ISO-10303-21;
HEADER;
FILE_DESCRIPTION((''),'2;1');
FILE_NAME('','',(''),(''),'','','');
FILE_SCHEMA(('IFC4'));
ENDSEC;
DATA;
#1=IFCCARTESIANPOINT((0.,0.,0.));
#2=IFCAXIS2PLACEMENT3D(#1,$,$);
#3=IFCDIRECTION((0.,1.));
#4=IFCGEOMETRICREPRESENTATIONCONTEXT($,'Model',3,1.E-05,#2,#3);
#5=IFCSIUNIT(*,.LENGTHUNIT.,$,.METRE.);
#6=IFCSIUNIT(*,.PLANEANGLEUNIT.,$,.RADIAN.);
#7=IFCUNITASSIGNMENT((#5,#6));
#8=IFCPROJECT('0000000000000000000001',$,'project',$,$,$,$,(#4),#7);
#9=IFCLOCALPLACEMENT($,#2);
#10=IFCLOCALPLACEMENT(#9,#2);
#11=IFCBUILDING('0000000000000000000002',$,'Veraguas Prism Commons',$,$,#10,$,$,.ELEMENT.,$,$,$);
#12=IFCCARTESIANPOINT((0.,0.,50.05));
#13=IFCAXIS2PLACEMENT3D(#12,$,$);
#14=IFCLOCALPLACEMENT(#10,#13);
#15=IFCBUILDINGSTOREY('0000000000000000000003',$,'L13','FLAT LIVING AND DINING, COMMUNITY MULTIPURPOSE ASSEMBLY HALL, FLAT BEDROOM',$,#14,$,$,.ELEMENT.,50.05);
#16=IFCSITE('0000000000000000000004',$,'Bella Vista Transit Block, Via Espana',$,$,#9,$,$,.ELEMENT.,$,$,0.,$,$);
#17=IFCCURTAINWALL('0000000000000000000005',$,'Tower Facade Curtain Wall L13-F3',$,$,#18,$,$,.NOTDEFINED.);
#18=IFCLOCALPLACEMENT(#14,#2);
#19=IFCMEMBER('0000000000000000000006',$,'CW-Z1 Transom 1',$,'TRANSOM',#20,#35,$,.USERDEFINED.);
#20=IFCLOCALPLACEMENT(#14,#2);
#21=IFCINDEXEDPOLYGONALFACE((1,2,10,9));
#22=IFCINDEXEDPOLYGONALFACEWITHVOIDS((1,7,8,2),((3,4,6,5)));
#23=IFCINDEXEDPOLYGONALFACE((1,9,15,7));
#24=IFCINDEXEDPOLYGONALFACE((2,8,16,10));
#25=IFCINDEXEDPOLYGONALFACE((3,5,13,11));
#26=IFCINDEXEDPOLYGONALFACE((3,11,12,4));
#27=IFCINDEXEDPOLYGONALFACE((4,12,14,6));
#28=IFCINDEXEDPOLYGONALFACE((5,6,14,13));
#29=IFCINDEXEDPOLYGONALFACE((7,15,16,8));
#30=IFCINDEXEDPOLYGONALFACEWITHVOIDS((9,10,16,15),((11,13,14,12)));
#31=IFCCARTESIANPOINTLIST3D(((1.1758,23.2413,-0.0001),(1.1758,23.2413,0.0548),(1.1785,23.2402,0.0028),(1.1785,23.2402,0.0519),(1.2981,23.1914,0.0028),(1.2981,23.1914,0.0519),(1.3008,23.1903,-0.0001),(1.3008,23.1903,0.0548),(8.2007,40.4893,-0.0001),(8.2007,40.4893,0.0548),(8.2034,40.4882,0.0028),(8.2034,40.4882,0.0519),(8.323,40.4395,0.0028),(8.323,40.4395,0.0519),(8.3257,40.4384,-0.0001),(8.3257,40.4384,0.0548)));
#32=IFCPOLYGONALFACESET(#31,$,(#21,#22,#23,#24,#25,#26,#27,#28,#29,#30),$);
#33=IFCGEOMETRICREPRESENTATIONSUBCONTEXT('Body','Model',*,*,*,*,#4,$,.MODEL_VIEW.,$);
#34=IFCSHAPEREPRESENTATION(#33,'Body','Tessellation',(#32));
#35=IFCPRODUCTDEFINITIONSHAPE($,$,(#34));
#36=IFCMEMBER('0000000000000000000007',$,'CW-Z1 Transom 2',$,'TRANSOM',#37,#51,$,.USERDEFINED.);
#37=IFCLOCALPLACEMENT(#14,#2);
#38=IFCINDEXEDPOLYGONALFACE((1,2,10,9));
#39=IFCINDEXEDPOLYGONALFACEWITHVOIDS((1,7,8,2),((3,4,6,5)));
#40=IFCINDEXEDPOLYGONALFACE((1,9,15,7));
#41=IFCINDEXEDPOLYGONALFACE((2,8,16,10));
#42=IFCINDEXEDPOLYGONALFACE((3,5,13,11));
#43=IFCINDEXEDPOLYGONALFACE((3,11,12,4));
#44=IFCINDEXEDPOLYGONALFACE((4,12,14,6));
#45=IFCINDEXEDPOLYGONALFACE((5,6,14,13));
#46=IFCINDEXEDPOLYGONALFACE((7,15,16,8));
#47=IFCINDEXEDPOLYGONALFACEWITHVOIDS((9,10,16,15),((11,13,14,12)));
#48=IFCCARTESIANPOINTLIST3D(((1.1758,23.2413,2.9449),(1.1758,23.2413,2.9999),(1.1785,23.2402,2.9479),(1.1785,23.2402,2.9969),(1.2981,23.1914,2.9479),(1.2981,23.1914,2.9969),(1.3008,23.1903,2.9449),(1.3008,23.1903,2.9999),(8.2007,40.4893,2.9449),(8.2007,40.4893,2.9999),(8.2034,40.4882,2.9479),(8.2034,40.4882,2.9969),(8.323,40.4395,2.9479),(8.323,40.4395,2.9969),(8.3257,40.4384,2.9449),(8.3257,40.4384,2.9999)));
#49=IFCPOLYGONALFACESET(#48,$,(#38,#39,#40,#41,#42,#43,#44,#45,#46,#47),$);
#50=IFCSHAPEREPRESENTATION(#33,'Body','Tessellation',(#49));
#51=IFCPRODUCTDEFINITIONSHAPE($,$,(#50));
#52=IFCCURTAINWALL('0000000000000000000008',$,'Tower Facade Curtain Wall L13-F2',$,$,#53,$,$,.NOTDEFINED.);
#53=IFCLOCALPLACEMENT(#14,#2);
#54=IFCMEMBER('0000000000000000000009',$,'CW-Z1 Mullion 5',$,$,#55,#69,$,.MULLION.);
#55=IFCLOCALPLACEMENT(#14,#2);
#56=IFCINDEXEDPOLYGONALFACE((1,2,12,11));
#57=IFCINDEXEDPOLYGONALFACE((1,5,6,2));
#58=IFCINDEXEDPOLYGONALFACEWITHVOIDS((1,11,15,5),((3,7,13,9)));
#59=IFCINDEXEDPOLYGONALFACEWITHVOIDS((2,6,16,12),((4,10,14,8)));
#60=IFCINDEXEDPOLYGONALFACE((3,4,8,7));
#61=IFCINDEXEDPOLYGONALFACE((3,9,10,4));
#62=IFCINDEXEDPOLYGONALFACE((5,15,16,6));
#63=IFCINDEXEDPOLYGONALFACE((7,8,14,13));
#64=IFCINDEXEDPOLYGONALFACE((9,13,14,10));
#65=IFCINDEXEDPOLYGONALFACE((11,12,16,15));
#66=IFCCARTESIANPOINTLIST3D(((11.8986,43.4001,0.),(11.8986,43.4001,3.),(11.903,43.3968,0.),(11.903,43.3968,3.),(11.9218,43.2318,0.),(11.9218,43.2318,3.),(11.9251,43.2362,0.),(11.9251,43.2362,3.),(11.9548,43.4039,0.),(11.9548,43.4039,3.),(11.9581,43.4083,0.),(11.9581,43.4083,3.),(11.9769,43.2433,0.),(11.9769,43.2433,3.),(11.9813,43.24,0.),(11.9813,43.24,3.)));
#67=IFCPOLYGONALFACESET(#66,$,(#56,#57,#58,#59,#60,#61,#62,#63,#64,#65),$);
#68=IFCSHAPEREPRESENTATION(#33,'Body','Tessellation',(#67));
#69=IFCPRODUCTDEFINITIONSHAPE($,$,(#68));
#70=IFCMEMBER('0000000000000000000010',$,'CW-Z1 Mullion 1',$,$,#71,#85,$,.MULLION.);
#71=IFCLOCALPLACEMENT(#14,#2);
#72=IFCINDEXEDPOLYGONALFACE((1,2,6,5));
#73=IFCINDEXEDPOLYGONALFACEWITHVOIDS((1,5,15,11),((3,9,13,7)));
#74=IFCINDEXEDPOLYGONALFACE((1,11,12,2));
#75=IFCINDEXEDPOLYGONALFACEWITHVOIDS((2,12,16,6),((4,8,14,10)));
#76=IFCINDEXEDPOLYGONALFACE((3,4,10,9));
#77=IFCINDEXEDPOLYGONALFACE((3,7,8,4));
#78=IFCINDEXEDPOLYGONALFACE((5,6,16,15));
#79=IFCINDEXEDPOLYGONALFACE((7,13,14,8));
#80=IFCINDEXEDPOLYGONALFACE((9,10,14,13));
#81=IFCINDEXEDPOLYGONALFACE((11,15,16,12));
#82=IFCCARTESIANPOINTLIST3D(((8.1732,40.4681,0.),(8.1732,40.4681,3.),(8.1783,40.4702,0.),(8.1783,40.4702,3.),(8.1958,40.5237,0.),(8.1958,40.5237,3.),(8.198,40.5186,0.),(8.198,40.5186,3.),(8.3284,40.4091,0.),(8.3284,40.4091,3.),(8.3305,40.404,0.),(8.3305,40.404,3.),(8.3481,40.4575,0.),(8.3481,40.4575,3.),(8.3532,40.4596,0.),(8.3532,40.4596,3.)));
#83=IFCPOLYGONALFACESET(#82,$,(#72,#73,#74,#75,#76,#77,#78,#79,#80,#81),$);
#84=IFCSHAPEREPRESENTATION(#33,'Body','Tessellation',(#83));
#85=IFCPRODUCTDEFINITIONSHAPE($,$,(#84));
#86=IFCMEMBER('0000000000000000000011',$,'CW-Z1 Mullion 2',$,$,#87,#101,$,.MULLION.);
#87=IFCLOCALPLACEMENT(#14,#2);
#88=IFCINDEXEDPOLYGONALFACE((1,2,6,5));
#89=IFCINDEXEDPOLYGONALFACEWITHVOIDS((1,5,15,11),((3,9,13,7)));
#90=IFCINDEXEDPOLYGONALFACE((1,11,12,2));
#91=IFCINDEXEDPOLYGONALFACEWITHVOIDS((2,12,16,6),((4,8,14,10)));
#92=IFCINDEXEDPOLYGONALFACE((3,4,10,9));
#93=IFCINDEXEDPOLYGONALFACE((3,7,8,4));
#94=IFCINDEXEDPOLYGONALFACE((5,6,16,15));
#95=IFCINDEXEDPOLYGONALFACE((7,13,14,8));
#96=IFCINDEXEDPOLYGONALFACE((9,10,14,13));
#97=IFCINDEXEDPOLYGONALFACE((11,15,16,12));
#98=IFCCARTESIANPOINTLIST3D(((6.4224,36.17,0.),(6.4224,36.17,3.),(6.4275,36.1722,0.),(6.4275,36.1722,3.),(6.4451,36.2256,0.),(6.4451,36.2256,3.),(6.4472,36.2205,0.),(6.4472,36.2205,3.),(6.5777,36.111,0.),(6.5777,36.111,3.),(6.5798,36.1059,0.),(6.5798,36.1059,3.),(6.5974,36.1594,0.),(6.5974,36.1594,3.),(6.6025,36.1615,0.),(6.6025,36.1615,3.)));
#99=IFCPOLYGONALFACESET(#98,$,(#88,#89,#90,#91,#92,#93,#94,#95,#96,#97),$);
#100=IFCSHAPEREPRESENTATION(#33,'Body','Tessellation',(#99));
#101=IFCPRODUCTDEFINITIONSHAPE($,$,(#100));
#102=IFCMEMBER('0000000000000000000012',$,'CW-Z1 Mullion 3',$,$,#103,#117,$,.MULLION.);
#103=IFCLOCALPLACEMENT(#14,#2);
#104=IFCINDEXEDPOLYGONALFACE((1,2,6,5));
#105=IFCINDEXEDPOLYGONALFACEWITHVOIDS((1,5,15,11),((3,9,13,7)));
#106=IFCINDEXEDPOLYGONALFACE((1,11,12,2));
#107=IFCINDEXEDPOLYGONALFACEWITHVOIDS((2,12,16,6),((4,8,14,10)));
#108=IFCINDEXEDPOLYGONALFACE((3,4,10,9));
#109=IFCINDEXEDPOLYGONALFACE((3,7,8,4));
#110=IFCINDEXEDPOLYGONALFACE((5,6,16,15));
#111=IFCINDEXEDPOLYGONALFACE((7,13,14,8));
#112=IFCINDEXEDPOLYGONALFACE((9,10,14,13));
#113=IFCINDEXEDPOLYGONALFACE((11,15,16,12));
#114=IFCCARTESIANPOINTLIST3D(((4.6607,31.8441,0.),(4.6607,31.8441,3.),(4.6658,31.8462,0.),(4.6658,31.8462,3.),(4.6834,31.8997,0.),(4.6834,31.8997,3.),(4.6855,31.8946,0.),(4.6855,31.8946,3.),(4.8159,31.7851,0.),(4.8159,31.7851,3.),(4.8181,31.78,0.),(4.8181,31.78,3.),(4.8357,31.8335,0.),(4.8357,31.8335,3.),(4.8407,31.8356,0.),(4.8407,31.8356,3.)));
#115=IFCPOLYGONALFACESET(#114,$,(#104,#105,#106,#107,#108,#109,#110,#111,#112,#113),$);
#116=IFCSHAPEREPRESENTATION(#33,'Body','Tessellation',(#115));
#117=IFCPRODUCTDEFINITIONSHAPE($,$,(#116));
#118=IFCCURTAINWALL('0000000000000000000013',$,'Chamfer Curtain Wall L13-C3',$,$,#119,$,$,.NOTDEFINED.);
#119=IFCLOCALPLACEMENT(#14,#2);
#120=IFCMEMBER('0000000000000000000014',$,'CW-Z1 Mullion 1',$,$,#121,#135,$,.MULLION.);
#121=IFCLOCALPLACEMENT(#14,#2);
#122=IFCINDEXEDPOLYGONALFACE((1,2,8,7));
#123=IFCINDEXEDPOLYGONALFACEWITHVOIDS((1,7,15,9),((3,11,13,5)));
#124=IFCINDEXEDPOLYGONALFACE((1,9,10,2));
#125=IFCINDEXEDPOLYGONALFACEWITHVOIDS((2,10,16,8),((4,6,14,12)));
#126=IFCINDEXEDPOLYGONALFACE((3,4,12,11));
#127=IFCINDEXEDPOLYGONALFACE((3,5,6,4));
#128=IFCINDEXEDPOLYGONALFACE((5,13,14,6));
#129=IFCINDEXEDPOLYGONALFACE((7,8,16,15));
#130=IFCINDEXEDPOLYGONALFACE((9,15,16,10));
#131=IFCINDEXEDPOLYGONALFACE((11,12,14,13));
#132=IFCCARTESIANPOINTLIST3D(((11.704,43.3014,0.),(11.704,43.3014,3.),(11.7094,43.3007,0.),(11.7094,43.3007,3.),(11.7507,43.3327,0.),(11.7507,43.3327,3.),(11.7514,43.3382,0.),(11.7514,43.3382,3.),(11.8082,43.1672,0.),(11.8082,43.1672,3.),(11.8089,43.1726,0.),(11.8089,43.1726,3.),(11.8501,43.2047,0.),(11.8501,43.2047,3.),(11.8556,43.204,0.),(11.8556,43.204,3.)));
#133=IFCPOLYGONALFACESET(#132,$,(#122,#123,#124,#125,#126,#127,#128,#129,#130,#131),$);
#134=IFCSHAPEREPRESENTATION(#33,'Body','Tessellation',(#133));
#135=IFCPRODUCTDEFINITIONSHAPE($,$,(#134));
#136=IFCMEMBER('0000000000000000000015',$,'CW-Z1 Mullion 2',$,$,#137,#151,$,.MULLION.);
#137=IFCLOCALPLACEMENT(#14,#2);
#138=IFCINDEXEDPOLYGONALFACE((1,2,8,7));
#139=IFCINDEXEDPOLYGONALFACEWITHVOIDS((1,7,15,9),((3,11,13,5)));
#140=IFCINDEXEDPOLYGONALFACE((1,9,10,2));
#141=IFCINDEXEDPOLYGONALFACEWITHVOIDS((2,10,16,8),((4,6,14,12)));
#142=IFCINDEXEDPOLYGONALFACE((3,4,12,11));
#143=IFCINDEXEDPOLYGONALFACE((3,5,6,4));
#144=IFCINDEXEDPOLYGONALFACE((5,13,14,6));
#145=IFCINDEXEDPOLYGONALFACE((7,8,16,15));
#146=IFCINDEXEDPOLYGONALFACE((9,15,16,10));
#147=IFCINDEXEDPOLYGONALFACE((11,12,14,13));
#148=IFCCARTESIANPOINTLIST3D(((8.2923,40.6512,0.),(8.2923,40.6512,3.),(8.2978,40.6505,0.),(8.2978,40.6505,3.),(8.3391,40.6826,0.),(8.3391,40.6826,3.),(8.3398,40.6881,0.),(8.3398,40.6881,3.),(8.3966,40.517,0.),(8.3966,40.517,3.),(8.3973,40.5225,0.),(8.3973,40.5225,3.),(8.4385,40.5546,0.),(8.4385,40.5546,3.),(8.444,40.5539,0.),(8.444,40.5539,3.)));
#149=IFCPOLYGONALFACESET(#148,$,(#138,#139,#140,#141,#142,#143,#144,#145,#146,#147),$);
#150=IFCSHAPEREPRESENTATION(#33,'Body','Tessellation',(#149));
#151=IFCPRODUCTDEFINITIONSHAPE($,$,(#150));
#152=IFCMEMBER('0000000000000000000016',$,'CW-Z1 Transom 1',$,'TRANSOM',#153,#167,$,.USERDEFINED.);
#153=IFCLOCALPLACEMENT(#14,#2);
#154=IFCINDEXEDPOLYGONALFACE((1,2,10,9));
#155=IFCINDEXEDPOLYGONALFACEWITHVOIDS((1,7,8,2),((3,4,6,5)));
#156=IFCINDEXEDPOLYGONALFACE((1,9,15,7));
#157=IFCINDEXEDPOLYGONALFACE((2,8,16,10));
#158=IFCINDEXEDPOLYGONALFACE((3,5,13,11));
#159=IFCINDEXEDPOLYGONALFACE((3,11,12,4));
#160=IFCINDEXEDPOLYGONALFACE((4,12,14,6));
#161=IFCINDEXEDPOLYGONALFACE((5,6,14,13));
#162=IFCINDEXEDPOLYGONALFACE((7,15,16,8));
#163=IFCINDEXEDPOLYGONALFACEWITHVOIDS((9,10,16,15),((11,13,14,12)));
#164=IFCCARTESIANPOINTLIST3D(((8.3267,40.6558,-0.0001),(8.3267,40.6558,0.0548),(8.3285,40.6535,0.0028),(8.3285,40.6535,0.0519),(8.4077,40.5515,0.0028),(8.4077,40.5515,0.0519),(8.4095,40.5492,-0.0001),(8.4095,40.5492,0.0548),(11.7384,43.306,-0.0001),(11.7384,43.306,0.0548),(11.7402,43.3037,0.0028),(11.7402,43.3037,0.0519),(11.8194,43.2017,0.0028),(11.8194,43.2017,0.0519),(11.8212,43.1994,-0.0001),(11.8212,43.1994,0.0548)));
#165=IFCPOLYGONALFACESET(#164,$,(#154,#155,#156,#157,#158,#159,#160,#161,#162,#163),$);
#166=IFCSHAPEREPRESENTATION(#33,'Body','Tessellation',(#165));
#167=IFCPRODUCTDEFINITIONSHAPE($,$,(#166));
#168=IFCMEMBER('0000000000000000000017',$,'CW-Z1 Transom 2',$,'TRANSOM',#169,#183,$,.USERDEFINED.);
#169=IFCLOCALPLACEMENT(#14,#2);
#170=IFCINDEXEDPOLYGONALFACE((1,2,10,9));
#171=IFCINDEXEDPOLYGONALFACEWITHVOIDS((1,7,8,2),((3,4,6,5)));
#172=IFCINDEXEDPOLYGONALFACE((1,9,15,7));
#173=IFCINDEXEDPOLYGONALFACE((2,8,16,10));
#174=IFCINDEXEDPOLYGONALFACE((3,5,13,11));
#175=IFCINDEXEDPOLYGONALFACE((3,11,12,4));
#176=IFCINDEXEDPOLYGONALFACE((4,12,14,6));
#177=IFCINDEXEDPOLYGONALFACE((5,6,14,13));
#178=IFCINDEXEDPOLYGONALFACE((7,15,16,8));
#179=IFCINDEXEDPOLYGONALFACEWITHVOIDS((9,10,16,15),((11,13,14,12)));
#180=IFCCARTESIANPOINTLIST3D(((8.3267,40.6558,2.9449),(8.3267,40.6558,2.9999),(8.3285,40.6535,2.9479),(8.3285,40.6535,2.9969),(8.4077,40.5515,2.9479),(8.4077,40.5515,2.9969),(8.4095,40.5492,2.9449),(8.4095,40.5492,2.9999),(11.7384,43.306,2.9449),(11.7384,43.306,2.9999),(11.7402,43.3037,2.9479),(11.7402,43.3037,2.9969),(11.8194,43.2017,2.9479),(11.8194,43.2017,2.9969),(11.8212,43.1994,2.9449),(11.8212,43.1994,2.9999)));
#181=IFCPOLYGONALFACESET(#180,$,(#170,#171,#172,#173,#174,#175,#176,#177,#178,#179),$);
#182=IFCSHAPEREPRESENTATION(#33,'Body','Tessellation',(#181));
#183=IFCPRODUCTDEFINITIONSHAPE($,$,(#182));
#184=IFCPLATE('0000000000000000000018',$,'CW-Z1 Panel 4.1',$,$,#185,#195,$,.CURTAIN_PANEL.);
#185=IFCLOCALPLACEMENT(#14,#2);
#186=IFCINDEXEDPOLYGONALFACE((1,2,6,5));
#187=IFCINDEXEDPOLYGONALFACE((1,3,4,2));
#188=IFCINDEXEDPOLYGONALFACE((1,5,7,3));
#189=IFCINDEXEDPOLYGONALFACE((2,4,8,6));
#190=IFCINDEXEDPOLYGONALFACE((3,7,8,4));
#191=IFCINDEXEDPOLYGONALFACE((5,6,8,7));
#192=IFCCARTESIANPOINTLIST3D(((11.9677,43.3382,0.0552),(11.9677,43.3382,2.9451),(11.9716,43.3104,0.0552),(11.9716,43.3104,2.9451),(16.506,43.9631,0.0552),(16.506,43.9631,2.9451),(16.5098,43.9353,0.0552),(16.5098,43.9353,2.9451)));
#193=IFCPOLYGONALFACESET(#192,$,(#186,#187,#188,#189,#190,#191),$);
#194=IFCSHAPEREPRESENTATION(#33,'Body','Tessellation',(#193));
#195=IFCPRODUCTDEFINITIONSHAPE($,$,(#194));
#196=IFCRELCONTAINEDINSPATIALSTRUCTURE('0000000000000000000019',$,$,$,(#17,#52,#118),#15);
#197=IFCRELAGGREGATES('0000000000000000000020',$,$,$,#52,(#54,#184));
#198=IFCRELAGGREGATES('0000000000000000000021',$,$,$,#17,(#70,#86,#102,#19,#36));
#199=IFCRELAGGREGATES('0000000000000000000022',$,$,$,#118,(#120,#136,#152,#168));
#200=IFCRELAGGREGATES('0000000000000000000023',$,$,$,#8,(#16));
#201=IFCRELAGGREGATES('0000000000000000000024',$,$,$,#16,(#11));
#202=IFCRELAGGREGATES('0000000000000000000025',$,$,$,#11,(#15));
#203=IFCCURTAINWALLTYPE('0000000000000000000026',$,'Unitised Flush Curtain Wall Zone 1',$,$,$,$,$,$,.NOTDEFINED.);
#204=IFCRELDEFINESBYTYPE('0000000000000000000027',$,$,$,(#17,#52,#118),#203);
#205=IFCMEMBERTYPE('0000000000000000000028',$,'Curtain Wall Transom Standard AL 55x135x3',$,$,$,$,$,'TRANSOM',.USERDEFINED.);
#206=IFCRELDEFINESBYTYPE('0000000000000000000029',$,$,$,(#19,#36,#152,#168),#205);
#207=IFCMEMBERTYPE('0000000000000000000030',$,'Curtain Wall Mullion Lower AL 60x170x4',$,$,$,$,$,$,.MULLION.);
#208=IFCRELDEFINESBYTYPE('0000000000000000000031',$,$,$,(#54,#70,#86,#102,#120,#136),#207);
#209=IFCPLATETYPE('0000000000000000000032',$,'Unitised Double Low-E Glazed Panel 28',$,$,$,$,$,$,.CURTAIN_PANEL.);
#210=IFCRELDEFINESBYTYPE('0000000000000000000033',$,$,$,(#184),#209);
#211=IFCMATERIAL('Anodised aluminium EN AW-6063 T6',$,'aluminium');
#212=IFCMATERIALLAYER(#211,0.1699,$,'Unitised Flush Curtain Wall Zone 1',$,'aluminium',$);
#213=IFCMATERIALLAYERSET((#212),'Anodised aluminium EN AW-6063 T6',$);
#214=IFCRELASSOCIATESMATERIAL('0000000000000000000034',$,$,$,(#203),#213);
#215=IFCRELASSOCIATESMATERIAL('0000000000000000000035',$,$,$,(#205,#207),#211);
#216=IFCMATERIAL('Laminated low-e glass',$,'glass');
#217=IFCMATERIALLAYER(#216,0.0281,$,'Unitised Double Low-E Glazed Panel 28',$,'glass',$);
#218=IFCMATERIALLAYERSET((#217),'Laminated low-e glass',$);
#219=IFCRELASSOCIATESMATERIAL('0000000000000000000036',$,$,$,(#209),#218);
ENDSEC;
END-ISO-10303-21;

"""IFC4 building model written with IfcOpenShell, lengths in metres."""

from ifc_helpers import new_model, si_unit, direction, frame, origin, origin_2d, place, context, subcontext, project, spatial, rectangle, hollow_rectangle, extrude, source, transform, mapped, material, layer, layer_set, material_profile, profile_set, type_object, element, aggregate, save


model = new_model("IFC4")

# Units and contexts
model_context = context("Model", 3, precision=1e-05, world=origin(), true_north=direction((0.0, 1.0)))
body_context = subcontext(model_context, "Body", "Model", "MODEL_VIEW")
ifc_project = project(units=[si_unit("LENGTHUNIT", "METRE"), si_unit("PLANEANGLEUNIT", "RADIAN")], contexts=[model_context])

# Site, building, storey
site_placement = place(None, origin())
site = spatial("IfcSite", under=ifc_project, at=site_placement, Name="Bella Vista Transit Block, Via Espana", CompositionType="ELEMENT", RefElevation=0.0)
building_placement = place(site_placement, origin())
building = spatial("IfcBuilding", under=site, at=building_placement, Name="Veraguas Prism Commons", CompositionType="ELEMENT")
storey_placement = place(building_placement, frame((0.0, 0.0, 50.05)))
storey = spatial("IfcBuildingStorey", under=building, at=storey_placement, Name="L13", Description="FLAT LIVING AND DINING, COMMUNITY MULTIPURPOSE ASSEMBLY HALL, FLAT BEDROOM", CompositionType="ELEMENT", Elevation=50.05)

# Curtain wall, members
ifc_material_1 = material(Name="Anodised aluminium EN AW-6063 T6", Category="aluminium")
ifc_layer_1 = layer(ifc_material_1, 0.1699, Name="Unitised Flush Curtain Wall Zone 1", Category="aluminium")
ifc_layer_set_1 = layer_set([ifc_layer_1], Name="Anodised aluminium EN AW-6063 T6")
curtain_wall_type = type_object("IfcCurtainWallType", Name="Unitised Flush Curtain Wall Zone 1", PredefinedType="NOTDEFINED", material=ifc_layer_set_1)
curtain_wall_1_placement = place(storey_placement, origin())
curtain_wall_1 = element("IfcCurtainWall", 1, at=curtain_wall_1_placement, inside=storey, type_object=curtain_wall_type, Name="Tower Facade Curtain Wall L13-F3", PredefinedType="NOTDEFINED")
ifc_material_profile_1 = material_profile(ifc_material_1, hollow_rectangle(XDim=0.0549, YDim=0.135, WallThickness=0.0029, at=origin_2d()), Name="AL55X135X3")
ifc_profile_set_1 = profile_set([ifc_material_profile_1], Name="Anodised aluminium EN AW-6063 T6")
member_type_1 = type_object("IfcMemberType", Name="Curtain Wall Transom Standard AL 55x135x3", ElementType="TRANSOM", PredefinedType="USERDEFINED", material=ifc_profile_set_1)
shared_shape_1 = source(origin(), body_context, "Body", "SweptSolid", [
    extrude(hollow_rectangle(XDim=0.0549, YDim=0.135, WallThickness=0.0029, at=origin_2d()), origin(), (0.0, 0.0, 1.0), 18.6238),
])
member_1_placement = place(storey_placement, frame((8.2632, 40.4639, 0.0273), z_axis=(-0.377201, -0.926131, 0.0), x_axis=(0.0, 0.0, 1.0)))
member_1 = element("IfcMember", 2, at=member_1_placement, type_object=member_type_1, Name="CW-Z1 Transom 1", ObjectType="TRANSOM", PredefinedType="USERDEFINED", context=body_context, shape_type="MappedRepresentation", body=[
    mapped(shared_shape_1, transform((0.0, 0.0, 0.0), scale=1.0)),
])
member_2_placement = place(storey_placement, frame((8.2632, 40.4639, 2.9724), z_axis=(-0.377201, -0.926131, 0.0), x_axis=(0.0, 0.0, 1.0)))
member_2 = element("IfcMember", 3, at=member_2_placement, type_object=member_type_1, Name="CW-Z1 Transom 2", ObjectType="TRANSOM", PredefinedType="USERDEFINED", context=body_context, shape_type="MappedRepresentation", body=[
    mapped(shared_shape_1, transform((0.0, 0.0, 0.0), scale=1.0)),
])

# Curtain wall, member
curtain_wall_2_placement = place(storey_placement, origin())
curtain_wall_2 = element("IfcCurtainWall", 4, at=curtain_wall_2_placement, inside=storey, type_object=curtain_wall_type, Name="Tower Facade Curtain Wall L13-F2", PredefinedType="NOTDEFINED")
ifc_material_profile_2 = material_profile(ifc_material_1, hollow_rectangle(XDim=0.0601, YDim=0.1699, WallThickness=0.0039, at=origin_2d()), Name="AL60X170X4")
ifc_profile_set_2 = profile_set([ifc_material_profile_2], Name="Anodised aluminium EN AW-6063 T6")
member_type_2 = type_object("IfcMemberType", Name="Curtain Wall Mullion Lower AL 60x170x4", PredefinedType="MULLION", material=ifc_profile_set_2)
shared_shape_2 = source(origin(), body_context, "Body", "SweptSolid", [
    extrude(hollow_rectangle(XDim=0.0601, YDim=0.1699, WallThickness=0.0039, at=origin_2d()), origin(), (0.0, 0.0, 1.0), 3.0),
])
member_3_placement = place(storey_placement, frame((11.9399, 43.3201, 0.0), z_axis=(0.0, 0.0, 1.0), x_axis=(-0.990653, -0.136405, 0.0)))
member_3 = element("IfcMember", 5, at=member_3_placement, type_object=member_type_2, Name="CW-Z1 Mullion 5", PredefinedType="MULLION", context=body_context, shape_type="MappedRepresentation", body=[
    mapped(shared_shape_2, transform((0.0, 0.0, 0.0), scale=1.0)),
])

# Members
member_4_placement = place(storey_placement, frame((8.2632, 40.4639, 0.0), z_axis=(0.0, 0.0, 1.0), x_axis=(-0.377198, -0.926133, 0.0)))
member_4 = element("IfcMember", 6, at=member_4_placement, type_object=member_type_2, Name="CW-Z1 Mullion 1", PredefinedType="MULLION", context=body_context, shape_type="MappedRepresentation", body=[
    mapped(shared_shape_2, transform((0.0, 0.0, 0.0), scale=1.0)),
])
member_5_placement = place(storey_placement, frame((6.5125, 36.1658, 0.0), z_axis=(0.0, 0.0, 1.0), x_axis=(-0.377198, -0.926133, 0.0)))
member_5 = element("IfcMember", 7, at=member_5_placement, type_object=member_type_2, Name="CW-Z1 Mullion 2", PredefinedType="MULLION", context=body_context, shape_type="MappedRepresentation", body=[
    mapped(shared_shape_2, transform((0.0, 0.0, 0.0), scale=1.0)),
])
member_6_placement = place(storey_placement, frame((4.7507, 31.8398, 0.0), z_axis=(0.0, 0.0, 1.0), x_axis=(-0.377198, -0.926133, 0.0)))
member_6 = element("IfcMember", 8, at=member_6_placement, type_object=member_type_2, Name="CW-Z1 Mullion 3", PredefinedType="MULLION", context=body_context, shape_type="MappedRepresentation", body=[
    mapped(shared_shape_2, transform((0.0, 0.0, 0.0), scale=1.0)),
])

# Curtain wall, members
curtain_wall_3_placement = place(storey_placement, origin())
curtain_wall_3 = element("IfcCurtainWall", 9, at=curtain_wall_3_placement, inside=storey, type_object=curtain_wall_type, Name="Chamfer Curtain Wall L13-C3", PredefinedType="NOTDEFINED")
member_7_placement = place(storey_placement, frame((11.7798, 43.2527, 0.0), z_axis=(0.0, 0.0, 1.0), x_axis=(-0.789732, -0.613452, 0.0)))
member_7 = element("IfcMember", 10, at=member_7_placement, type_object=member_type_2, Name="CW-Z1 Mullion 1", PredefinedType="MULLION", context=body_context, shape_type="MappedRepresentation", body=[
    mapped(shared_shape_2, transform((0.0, 0.0, 0.0), scale=1.0)),
])
member_8_placement = place(storey_placement, frame((8.3682, 40.6025, 0.0), z_axis=(0.0, 0.0, 1.0), x_axis=(-0.789732, -0.613452, 0.0)))
member_8 = element("IfcMember", 11, at=member_8_placement, type_object=member_type_2, Name="CW-Z1 Mullion 2", PredefinedType="MULLION", context=body_context, shape_type="MappedRepresentation", body=[
    mapped(shared_shape_2, transform((0.0, 0.0, 0.0), scale=1.0)),
])
shared_shape_3 = source(origin(), body_context, "Body", "SweptSolid", [
    extrude(hollow_rectangle(XDim=0.0549, YDim=0.135, WallThickness=0.0029, at=origin_2d()), origin(), (0.0, 0.0, 1.0), 4.3201),
])
member_9_placement = place(storey_placement, frame((11.7798, 43.2527, 0.0273), z_axis=(-0.789726, -0.613459, 0.0), x_axis=(0.0, 0.0, 1.0)))
member_9 = element("IfcMember", 12, at=member_9_placement, type_object=member_type_1, Name="CW-Z1 Transom 1", ObjectType="TRANSOM", PredefinedType="USERDEFINED", context=body_context, shape_type="MappedRepresentation", body=[
    mapped(shared_shape_3, transform((0.0, 0.0, 0.0), scale=1.0)),
])
member_10_placement = place(storey_placement, frame((11.7798, 43.2527, 2.9724), z_axis=(-0.789726, -0.613459, 0.0), x_axis=(0.0, 0.0, 1.0)))
member_10 = element("IfcMember", 13, at=member_10_placement, type_object=member_type_1, Name="CW-Z1 Transom 2", ObjectType="TRANSOM", PredefinedType="USERDEFINED", context=body_context, shape_type="MappedRepresentation", body=[
    mapped(shared_shape_3, transform((0.0, 0.0, 0.0), scale=1.0)),
])

# Plate
ifc_material_2 = material(Name="Laminated low-e glass", Category="glass")
ifc_layer_2 = layer(ifc_material_2, 0.0281, Name="Unitised Double Low-E Glazed Panel 28", Category="glass")
ifc_layer_set_2 = layer_set([ifc_layer_2], Name="Laminated low-e glass")
plate_type = type_object("IfcPlateType", Name="Unitised Double Low-E Glazed Panel 28", PredefinedType="CURTAIN_PANEL", material=ifc_layer_set_2)
shared_shape_4 = source(origin(), body_context, "Body", "SweptSolid", [
    extrude(rectangle(XDim=4.5811, YDim=0.0281, at=origin_2d()), origin(), (0.0, 0.0, 1.0), 2.8899),
])
plate_1_placement = place(storey_placement, frame((14.2388, 43.6367, 0.0552), z_axis=(0.0, 0.0, 1.0), x_axis=(-0.990653, -0.136405, 0.0)))
plate_1 = element("IfcPlate", 14, at=plate_1_placement, type_object=plate_type, Name="CW-Z1 Panel 4.1", PredefinedType="CURTAIN_PANEL", context=body_context, shape_type="MappedRepresentation", body=[
    mapped(shared_shape_4, transform((0.0, 0.0, 0.0), scale=1.0)),
])
aggregate(curtain_wall_2, [member_3, plate_1])
aggregate(curtain_wall_1, [member_4, member_5, member_6, member_1, member_2])
aggregate(curtain_wall_3, [member_7, member_8, member_9, member_10])

save(model, "model.ifc")
